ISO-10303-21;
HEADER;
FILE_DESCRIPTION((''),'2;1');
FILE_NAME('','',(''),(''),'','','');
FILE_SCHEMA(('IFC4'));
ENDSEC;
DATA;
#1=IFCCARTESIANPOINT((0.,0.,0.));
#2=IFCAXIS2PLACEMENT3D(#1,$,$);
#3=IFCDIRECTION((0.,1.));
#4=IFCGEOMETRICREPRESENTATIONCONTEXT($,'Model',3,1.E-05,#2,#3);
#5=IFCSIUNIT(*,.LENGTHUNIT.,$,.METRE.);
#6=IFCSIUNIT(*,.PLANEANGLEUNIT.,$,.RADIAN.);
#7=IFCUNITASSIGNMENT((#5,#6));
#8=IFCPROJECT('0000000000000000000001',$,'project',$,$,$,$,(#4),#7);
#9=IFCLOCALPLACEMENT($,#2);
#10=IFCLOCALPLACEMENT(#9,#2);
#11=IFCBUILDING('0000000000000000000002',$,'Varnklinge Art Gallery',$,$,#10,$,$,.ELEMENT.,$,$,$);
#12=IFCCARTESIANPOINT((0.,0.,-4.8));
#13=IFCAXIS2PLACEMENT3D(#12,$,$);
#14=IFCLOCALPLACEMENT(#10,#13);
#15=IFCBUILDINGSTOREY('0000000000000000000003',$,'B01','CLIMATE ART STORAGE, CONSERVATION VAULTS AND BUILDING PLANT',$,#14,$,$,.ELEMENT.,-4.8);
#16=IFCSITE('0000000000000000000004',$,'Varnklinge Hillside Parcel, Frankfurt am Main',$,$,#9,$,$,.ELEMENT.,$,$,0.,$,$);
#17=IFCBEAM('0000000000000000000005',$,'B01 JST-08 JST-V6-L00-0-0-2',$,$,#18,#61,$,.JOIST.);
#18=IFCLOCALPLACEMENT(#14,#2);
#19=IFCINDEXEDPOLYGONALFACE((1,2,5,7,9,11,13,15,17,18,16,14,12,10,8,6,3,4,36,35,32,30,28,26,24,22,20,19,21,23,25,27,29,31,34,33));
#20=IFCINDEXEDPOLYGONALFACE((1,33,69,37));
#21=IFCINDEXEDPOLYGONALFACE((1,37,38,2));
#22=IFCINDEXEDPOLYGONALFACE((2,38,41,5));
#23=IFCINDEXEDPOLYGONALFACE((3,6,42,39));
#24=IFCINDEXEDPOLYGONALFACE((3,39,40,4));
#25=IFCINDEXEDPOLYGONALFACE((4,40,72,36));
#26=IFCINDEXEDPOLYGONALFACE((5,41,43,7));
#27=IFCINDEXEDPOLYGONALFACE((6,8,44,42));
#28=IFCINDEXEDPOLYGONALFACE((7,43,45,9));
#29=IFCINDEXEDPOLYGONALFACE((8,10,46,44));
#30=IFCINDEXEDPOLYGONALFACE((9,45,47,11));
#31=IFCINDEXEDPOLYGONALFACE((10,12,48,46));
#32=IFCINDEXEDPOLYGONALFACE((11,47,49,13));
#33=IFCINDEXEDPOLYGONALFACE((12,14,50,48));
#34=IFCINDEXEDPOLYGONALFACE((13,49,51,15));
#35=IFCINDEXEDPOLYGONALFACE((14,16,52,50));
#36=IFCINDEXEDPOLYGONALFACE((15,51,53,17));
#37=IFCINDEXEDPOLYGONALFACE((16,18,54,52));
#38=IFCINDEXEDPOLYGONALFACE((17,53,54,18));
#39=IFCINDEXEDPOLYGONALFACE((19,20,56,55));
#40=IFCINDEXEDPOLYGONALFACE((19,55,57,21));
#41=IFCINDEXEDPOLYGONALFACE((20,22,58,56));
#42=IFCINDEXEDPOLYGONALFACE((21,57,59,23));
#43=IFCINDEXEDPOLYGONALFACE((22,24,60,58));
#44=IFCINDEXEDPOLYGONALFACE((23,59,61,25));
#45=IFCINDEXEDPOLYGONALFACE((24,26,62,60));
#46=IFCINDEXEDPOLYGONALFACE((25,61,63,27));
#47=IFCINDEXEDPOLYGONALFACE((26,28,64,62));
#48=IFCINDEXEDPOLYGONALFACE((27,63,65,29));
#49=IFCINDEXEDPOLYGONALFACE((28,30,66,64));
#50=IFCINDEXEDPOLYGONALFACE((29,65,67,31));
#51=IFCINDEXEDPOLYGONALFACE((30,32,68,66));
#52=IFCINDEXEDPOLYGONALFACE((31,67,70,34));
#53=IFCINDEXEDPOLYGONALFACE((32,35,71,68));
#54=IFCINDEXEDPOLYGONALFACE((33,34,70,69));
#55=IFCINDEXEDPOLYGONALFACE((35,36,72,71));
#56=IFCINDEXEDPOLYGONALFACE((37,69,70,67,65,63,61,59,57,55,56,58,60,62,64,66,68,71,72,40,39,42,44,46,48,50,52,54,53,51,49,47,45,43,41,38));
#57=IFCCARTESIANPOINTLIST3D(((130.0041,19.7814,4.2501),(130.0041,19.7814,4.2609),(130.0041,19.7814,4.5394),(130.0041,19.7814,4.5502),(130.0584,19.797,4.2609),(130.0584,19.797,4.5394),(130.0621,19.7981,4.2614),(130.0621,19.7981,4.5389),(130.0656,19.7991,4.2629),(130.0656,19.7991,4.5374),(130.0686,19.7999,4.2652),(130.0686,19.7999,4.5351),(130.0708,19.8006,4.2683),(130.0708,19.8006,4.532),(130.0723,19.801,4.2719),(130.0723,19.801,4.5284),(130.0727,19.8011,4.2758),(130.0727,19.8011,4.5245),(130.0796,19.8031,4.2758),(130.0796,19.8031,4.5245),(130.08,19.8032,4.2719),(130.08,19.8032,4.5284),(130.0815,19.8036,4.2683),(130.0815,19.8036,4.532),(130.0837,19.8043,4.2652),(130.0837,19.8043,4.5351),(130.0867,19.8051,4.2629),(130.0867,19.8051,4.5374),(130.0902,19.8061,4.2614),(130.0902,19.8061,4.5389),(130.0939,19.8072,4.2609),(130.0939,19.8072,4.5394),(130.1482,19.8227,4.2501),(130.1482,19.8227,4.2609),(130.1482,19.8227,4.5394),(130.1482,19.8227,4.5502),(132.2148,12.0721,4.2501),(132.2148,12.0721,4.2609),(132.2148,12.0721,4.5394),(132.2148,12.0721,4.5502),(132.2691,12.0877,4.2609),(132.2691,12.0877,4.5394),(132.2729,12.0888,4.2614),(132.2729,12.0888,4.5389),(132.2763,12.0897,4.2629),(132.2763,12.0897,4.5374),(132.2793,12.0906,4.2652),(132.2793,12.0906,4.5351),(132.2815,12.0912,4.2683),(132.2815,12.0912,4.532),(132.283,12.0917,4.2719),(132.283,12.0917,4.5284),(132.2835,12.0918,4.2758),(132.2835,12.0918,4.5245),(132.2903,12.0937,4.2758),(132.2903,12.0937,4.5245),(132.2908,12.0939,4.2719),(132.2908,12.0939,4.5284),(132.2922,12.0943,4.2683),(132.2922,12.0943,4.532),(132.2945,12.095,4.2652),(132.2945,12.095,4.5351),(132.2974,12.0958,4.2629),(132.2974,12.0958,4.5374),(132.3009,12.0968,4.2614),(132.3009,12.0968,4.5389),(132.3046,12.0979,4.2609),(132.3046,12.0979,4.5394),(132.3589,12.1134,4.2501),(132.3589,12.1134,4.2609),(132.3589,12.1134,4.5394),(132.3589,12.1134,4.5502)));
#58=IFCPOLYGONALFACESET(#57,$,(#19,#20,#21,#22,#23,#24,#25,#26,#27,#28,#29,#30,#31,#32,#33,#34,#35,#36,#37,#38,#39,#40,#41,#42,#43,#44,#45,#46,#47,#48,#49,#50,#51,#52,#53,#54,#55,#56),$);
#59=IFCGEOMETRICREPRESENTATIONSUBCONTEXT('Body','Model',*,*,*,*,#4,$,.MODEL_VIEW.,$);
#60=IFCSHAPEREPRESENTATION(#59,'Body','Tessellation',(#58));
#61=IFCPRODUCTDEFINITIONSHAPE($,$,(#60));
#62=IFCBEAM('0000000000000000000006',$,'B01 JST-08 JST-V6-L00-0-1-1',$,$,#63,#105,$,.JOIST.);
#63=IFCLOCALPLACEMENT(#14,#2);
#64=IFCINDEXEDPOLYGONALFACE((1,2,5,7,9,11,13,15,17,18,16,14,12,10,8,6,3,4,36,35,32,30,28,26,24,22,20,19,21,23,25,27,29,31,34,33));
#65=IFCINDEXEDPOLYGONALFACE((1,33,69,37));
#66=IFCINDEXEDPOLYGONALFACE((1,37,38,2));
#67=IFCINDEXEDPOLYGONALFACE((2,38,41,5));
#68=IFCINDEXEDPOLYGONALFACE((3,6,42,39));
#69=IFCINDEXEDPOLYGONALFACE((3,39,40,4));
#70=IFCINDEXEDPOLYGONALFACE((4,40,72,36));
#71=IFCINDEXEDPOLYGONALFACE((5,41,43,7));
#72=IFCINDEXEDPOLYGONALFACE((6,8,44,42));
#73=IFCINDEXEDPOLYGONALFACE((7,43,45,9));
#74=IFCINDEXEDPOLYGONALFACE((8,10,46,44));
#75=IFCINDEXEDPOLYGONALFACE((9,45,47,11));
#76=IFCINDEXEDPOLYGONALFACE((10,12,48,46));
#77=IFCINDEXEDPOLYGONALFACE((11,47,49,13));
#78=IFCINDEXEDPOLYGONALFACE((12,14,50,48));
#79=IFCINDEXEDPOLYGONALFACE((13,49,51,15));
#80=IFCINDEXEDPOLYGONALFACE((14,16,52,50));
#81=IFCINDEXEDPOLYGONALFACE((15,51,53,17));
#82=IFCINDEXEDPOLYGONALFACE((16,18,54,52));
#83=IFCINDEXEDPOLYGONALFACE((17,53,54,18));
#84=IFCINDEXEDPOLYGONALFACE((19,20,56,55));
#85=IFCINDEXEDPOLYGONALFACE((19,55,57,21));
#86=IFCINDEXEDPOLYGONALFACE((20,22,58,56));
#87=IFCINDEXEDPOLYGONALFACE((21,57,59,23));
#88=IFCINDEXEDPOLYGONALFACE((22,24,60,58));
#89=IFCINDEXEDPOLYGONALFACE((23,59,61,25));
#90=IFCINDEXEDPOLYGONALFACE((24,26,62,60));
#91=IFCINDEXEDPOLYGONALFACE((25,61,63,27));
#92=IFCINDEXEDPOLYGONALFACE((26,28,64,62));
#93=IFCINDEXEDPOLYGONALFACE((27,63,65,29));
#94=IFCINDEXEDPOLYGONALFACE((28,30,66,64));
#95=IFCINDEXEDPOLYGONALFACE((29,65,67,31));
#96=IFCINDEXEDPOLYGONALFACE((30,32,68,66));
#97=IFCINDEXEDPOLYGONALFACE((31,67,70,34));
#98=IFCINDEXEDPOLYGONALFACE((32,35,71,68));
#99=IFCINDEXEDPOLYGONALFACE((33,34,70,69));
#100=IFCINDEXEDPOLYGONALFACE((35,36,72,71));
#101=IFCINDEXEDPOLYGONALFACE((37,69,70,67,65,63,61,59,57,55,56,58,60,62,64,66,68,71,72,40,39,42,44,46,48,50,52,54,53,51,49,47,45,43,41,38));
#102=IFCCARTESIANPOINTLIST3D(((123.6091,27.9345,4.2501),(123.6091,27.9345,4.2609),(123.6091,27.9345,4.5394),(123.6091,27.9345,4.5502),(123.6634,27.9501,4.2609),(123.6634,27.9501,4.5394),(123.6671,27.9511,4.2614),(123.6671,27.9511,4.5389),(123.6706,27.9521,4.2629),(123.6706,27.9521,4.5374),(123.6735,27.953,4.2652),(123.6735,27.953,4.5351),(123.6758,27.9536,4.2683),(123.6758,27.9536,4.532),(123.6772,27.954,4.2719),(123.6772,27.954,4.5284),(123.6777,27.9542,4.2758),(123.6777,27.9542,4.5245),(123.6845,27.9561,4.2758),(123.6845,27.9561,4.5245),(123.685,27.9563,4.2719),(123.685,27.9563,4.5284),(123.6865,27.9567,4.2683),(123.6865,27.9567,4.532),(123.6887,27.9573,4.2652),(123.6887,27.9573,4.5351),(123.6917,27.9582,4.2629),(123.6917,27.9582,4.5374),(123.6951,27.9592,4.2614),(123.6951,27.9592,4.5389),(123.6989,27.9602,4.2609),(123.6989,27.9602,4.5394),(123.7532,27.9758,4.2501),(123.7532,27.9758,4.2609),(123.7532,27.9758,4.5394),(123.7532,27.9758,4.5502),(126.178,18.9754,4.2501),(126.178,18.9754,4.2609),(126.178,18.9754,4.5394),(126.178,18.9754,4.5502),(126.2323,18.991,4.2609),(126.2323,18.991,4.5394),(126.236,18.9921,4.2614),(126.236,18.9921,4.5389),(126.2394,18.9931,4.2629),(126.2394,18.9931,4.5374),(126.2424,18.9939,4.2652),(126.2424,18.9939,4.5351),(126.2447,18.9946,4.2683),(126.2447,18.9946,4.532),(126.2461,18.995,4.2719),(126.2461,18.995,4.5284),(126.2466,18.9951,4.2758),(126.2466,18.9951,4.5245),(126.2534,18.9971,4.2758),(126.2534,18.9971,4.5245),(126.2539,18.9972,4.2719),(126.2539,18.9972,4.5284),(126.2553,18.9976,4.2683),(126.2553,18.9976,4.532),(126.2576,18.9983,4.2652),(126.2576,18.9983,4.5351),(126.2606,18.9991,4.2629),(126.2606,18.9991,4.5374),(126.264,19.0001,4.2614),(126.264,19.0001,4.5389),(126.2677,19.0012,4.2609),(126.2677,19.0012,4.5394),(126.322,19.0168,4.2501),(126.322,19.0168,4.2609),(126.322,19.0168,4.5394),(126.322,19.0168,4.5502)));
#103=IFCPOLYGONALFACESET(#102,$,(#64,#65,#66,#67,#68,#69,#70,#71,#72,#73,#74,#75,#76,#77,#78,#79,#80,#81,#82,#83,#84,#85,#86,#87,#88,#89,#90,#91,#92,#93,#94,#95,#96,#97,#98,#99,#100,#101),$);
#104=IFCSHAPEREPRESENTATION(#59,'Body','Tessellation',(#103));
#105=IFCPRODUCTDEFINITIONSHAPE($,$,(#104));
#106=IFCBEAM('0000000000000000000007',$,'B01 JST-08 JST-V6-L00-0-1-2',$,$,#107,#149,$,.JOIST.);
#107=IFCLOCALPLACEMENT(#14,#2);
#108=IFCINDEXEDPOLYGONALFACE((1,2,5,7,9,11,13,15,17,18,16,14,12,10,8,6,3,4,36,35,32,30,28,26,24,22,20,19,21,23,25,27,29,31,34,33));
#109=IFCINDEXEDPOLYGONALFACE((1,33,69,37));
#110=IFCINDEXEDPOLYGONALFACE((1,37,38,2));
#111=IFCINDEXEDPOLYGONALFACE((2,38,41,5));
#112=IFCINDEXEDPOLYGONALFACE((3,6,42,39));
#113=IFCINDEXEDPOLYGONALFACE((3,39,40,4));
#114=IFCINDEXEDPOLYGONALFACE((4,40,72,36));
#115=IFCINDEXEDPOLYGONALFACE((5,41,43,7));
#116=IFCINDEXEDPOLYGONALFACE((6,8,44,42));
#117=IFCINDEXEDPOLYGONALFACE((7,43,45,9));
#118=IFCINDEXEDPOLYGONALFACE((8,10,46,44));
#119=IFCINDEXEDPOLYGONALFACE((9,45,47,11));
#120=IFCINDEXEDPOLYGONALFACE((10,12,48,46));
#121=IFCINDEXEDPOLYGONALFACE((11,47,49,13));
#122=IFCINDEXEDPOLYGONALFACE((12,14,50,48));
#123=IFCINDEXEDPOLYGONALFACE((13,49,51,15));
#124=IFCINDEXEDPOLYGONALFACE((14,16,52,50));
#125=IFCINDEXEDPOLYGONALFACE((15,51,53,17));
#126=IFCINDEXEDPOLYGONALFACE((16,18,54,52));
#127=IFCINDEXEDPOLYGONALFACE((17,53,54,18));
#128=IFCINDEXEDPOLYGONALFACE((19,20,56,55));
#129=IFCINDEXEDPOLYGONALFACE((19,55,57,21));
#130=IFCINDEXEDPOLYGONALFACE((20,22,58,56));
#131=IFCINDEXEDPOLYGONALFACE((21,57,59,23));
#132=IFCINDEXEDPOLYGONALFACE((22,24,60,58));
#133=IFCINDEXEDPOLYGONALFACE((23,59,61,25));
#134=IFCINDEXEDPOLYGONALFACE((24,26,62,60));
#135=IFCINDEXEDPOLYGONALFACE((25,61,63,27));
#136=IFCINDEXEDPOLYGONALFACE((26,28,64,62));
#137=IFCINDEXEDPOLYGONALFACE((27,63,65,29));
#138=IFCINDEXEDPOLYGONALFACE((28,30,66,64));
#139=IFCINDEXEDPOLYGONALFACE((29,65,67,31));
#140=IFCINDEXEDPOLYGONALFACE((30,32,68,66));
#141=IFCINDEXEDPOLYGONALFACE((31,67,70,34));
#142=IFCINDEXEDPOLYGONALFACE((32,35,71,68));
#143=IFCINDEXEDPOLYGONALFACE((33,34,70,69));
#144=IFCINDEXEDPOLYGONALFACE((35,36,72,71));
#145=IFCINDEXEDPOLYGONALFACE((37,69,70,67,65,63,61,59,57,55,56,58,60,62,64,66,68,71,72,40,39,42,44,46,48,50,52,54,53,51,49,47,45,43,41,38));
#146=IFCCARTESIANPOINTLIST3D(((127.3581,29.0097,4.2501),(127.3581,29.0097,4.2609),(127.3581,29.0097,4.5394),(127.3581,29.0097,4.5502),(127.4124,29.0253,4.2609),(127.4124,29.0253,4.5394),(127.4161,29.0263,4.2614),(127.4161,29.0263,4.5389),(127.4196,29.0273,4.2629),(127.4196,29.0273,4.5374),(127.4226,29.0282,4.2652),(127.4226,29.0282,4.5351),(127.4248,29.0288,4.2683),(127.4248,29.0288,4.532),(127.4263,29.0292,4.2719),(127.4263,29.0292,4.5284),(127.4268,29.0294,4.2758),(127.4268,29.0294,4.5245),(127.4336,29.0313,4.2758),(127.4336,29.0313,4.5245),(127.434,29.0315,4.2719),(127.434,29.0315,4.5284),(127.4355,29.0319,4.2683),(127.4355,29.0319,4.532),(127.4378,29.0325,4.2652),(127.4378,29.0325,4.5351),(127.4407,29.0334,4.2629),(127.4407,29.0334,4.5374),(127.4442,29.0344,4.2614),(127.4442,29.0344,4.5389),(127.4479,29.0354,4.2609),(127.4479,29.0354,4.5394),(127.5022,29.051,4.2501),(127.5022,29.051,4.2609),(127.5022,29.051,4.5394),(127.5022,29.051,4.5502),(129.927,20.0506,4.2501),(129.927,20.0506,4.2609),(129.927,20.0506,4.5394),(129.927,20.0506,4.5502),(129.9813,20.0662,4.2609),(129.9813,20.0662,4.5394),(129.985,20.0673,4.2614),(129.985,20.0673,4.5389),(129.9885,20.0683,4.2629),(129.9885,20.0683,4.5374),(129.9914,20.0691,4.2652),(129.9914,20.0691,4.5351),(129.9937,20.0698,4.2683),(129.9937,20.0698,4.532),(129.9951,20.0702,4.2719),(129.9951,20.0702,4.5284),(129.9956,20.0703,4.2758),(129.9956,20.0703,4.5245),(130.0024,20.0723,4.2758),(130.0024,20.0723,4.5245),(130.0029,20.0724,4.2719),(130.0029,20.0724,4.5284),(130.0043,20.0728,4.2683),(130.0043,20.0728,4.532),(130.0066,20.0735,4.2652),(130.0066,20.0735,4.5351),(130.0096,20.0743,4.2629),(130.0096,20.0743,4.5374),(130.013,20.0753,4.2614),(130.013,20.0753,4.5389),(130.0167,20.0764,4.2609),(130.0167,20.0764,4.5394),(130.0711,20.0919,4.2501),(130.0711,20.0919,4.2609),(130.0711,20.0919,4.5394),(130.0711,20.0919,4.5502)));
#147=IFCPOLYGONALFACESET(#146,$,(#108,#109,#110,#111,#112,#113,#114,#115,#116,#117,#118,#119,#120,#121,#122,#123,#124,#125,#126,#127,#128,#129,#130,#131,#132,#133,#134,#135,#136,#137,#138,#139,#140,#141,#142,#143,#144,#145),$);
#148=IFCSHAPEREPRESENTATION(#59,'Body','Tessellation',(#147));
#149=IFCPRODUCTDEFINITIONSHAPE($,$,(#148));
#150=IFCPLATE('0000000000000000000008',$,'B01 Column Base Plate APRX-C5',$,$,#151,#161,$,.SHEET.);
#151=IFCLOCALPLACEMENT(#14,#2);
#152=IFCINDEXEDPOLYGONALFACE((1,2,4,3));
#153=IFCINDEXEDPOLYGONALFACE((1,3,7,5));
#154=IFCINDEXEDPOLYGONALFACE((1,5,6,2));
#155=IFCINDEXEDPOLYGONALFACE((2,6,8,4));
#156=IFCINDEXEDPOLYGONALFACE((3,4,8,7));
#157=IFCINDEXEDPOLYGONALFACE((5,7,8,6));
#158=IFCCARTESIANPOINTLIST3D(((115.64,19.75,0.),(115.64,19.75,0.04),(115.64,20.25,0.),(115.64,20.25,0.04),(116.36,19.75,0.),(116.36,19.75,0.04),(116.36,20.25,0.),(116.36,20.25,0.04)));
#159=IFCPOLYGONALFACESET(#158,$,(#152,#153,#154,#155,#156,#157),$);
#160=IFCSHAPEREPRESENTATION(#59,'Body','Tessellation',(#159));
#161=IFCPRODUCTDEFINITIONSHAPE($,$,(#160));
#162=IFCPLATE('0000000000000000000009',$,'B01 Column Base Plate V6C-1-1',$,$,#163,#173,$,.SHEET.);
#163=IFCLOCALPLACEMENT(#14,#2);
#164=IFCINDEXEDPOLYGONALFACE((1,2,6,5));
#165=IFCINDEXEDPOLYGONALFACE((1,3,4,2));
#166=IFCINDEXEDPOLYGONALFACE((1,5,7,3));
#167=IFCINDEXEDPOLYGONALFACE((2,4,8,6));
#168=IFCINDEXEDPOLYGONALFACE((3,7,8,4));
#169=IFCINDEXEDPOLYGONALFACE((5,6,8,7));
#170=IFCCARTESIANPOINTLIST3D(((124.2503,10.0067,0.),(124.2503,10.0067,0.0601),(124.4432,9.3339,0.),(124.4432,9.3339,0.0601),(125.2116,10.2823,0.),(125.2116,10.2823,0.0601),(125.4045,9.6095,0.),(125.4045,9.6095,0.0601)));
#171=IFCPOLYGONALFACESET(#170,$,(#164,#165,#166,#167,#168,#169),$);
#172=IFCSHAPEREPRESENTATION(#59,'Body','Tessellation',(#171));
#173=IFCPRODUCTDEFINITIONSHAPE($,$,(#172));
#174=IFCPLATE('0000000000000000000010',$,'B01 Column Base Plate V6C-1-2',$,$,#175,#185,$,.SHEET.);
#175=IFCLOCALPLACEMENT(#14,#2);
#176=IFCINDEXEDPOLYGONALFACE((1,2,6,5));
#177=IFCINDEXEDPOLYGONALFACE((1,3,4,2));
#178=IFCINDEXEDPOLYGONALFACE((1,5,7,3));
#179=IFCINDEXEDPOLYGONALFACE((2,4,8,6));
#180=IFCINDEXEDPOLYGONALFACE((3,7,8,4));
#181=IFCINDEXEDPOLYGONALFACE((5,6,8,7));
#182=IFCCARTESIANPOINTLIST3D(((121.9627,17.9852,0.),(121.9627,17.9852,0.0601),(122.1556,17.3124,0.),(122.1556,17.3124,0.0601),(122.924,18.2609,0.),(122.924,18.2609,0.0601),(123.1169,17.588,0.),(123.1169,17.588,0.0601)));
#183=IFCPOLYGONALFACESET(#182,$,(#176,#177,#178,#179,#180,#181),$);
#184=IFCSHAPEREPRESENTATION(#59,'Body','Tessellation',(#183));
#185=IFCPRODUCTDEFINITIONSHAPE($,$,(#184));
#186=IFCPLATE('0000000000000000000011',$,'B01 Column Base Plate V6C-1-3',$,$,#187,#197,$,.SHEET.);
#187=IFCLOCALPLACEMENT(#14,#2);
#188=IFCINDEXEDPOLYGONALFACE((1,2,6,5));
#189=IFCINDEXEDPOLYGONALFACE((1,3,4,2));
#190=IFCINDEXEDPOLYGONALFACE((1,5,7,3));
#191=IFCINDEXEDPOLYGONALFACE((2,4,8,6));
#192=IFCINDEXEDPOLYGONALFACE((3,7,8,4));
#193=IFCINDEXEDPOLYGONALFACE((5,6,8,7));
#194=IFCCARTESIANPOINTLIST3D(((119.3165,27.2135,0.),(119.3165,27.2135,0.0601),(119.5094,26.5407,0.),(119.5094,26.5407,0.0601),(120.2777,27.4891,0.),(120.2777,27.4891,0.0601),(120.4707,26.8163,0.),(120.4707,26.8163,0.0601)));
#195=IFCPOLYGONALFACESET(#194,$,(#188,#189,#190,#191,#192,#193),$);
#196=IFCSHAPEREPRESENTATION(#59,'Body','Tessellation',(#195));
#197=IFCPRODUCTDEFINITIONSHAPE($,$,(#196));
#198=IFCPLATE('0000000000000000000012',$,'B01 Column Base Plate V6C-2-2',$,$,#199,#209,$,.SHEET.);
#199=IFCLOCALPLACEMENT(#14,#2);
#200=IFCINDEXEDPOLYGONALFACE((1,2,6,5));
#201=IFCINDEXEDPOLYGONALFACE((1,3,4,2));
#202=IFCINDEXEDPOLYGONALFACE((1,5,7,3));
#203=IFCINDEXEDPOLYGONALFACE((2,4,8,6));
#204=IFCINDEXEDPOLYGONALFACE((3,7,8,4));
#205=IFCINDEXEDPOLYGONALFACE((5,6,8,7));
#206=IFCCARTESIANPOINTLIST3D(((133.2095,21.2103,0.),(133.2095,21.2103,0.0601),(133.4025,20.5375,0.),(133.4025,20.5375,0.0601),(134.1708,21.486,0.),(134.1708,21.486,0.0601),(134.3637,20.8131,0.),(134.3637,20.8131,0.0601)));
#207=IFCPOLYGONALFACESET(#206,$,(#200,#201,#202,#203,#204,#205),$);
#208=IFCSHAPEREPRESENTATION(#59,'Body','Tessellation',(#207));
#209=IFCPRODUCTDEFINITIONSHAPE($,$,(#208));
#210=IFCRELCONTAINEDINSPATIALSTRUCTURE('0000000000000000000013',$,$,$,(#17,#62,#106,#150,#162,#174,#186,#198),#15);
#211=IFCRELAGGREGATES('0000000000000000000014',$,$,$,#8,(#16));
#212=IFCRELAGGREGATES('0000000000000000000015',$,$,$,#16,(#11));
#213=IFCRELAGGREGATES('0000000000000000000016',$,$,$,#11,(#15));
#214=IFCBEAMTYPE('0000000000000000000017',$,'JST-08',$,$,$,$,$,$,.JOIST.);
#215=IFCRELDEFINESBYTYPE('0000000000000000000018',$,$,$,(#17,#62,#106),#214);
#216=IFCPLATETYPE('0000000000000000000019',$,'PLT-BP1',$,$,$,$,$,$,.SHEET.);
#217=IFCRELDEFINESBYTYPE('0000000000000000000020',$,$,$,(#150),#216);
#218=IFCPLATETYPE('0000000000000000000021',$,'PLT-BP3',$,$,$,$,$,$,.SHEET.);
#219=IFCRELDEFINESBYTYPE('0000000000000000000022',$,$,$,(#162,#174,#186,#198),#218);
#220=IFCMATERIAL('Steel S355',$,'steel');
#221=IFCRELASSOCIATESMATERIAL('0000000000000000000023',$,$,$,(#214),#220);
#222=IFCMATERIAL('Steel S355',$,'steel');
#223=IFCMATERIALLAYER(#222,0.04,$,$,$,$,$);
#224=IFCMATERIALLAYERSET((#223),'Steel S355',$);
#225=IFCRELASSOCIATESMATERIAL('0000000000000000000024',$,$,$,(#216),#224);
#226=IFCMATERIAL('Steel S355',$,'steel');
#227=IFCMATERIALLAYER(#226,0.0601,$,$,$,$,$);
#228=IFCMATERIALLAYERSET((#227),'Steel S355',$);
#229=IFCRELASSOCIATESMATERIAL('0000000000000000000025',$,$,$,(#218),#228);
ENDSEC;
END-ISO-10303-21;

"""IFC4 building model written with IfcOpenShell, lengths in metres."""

from ifc_helpers import new_model, si_unit, direction, frame, origin, origin_2d, place, context, subcontext, project, spatial, rectangle, i_section, extrude, material, layer, layer_set, material_profile, profile_set, type_object, element, save


model = new_model("IFC4")

# Units and contexts
model_context = context("Model", 3, precision=1e-05, world=origin(), true_north=direction((0.0, 1.0)))
body_context = subcontext(model_context, "Body", "Model", "MODEL_VIEW")
ifc_project = project(units=[si_unit("LENGTHUNIT", "METRE"), si_unit("PLANEANGLEUNIT", "RADIAN")], contexts=[model_context])

# Site, building, storey
site_placement = place(None, origin())
site = spatial("IfcSite", under=ifc_project, at=site_placement, Name="Varnklinge Hillside Parcel, Frankfurt am Main", CompositionType="ELEMENT", RefElevation=0.0)
building_placement = place(site_placement, origin())
building = spatial("IfcBuilding", under=site, at=building_placement, Name="Varnklinge Art Gallery", CompositionType="ELEMENT")
storey_placement = place(building_placement, frame((0.0, 0.0, -4.8)))
storey = spatial("IfcBuildingStorey", under=building, at=storey_placement, Name="B01", Description="CLIMATE ART STORAGE, CONSERVATION VAULTS AND BUILDING PLANT", CompositionType="ELEMENT", Elevation=-4.8)

# Beams
ifc_material_1 = material(Name="Steel S355", Category="steel")
ifc_material_profile_1 = material_profile(ifc_material_1, i_section(OverallWidth=0.1499, OverallDepth=0.3, WebThickness=0.0071, FlangeThickness=0.0107, FilletRadius=0.0149, at=origin_2d()), Name="IPE 300")
ifc_profile_set_1 = profile_set([ifc_material_profile_1], Name="Steel S355")
beam_type_1 = type_object("IfcBeamType", Name="JST-08", PredefinedType="JOIST", material=ifc_profile_set_1)
beam_1_placement = place(storey_placement, frame((132.2869, 12.0928, 4.4001), z_axis=(-0.27565, 0.961258, 0.0), x_axis=(-0.961258, -0.27565, 0.0)))
element("IfcBeam", 1, at=beam_1_placement, inside=storey, type_object=beam_type_1, Name="B01 JST-08 JST-V6-L00-0-0-2", PredefinedType="JOIST", context=body_context, shape_type="SweptSolid", body=[
    extrude(i_section(OverallWidth=0.1499, OverallDepth=0.3, WebThickness=0.0071, FlangeThickness=0.0107, FilletRadius=0.0149, at=origin_2d()), origin(), (0.0, 0.0, 1.0), 8.02),
])
for number, where, z_axis, x_axis, name in (
    (2, (126.25, 18.9961, 4.4001), (-0.275627, 0.961265, 0.0), (-0.961265, -0.275627, 0.0), "B01 JST-08 JST-V6-L00-0-1-1"),
    (3, (129.999, 20.0713, 4.4001), (-0.275627, 0.961265, 0.0), (-0.961265, -0.275627, 0.0), "B01 JST-08 JST-V6-L00-0-1-2"),
):
    element("IfcBeam", number, at=place(storey_placement, frame(where, z_axis=z_axis, x_axis=x_axis)), inside=storey, type_object=beam_type_1, Name=name, PredefinedType="JOIST", context=body_context, shape_type="SweptSolid", body=[
        extrude(i_section(OverallWidth=0.1499, OverallDepth=0.3, WebThickness=0.0071, FlangeThickness=0.0107, FilletRadius=0.0149, at=origin_2d()), origin(), (0.0, 0.0, 1.0), 9.3201),
    ])

# Plates
ifc_material_2 = material(Name="Steel S355", Category="steel")
ifc_layer_1 = layer(ifc_material_2, 0.04)
ifc_layer_set_1 = layer_set([ifc_layer_1], Name="Steel S355")
plate_type_1 = type_object("IfcPlateType", Name="PLT-BP1", PredefinedType="SHEET", material=ifc_layer_set_1)
plate_placement = place(storey_placement, frame((116.0, 20.0, 0.0), z_axis=(0.0, 0.0, 1.0), x_axis=(1.0, 0.0, 0.0)))
element("IfcPlate", 4, at=plate_placement, inside=storey, type_object=plate_type_1, Name="B01 Column Base Plate APRX-C5", PredefinedType="SHEET", context=body_context, shape_type="SweptSolid", body=[
    extrude(rectangle(XDim=0.72, YDim=0.5, at=origin_2d()), origin(), (0.0, 0.0, 1.0), 0.04),
])
ifc_material_3 = material(Name="Steel S355", Category="steel")
ifc_layer_2 = layer(ifc_material_3, 0.0601)
ifc_layer_set_2 = layer_set([ifc_layer_2], Name="Steel S355")
plate_type_2 = type_object("IfcPlateType", Name="PLT-BP3", PredefinedType="SHEET", material=ifc_layer_set_2)
for number, where, z_axis, x_axis, name in (
    (5, (124.8274, 9.8081, 0.0), (0.0, 0.0, 1.0), (0.961262, 0.275637, 0.0), "B01 Column Base Plate V6C-1-1"),
    (6, (122.5398, 17.7866, 0.0), (0.0, 0.0, 1.0), (0.961262, 0.275637, 0.0), "B01 Column Base Plate V6C-1-2"),
    (7, (119.8936, 27.0149, 0.0), (0.0, 0.0, 1.0), (0.961262, 0.275637, 0.0), "B01 Column Base Plate V6C-1-3"),
    (8, (133.7866, 21.0117, 0.0), (0.0, 0.0, 1.0), (0.961262, 0.275637, 0.0), "B01 Column Base Plate V6C-2-2"),
):
    element("IfcPlate", number, at=place(storey_placement, frame(where, z_axis=z_axis, x_axis=x_axis)), inside=storey, type_object=plate_type_2, Name=name, PredefinedType="SHEET", context=body_context, shape_type="SweptSolid", body=[
        extrude(rectangle(XDim=1.0, YDim=0.7, at=origin_2d()), origin(), (0.0, 0.0, 1.0), 0.0601),
    ])

save(model, "model.ifc")
